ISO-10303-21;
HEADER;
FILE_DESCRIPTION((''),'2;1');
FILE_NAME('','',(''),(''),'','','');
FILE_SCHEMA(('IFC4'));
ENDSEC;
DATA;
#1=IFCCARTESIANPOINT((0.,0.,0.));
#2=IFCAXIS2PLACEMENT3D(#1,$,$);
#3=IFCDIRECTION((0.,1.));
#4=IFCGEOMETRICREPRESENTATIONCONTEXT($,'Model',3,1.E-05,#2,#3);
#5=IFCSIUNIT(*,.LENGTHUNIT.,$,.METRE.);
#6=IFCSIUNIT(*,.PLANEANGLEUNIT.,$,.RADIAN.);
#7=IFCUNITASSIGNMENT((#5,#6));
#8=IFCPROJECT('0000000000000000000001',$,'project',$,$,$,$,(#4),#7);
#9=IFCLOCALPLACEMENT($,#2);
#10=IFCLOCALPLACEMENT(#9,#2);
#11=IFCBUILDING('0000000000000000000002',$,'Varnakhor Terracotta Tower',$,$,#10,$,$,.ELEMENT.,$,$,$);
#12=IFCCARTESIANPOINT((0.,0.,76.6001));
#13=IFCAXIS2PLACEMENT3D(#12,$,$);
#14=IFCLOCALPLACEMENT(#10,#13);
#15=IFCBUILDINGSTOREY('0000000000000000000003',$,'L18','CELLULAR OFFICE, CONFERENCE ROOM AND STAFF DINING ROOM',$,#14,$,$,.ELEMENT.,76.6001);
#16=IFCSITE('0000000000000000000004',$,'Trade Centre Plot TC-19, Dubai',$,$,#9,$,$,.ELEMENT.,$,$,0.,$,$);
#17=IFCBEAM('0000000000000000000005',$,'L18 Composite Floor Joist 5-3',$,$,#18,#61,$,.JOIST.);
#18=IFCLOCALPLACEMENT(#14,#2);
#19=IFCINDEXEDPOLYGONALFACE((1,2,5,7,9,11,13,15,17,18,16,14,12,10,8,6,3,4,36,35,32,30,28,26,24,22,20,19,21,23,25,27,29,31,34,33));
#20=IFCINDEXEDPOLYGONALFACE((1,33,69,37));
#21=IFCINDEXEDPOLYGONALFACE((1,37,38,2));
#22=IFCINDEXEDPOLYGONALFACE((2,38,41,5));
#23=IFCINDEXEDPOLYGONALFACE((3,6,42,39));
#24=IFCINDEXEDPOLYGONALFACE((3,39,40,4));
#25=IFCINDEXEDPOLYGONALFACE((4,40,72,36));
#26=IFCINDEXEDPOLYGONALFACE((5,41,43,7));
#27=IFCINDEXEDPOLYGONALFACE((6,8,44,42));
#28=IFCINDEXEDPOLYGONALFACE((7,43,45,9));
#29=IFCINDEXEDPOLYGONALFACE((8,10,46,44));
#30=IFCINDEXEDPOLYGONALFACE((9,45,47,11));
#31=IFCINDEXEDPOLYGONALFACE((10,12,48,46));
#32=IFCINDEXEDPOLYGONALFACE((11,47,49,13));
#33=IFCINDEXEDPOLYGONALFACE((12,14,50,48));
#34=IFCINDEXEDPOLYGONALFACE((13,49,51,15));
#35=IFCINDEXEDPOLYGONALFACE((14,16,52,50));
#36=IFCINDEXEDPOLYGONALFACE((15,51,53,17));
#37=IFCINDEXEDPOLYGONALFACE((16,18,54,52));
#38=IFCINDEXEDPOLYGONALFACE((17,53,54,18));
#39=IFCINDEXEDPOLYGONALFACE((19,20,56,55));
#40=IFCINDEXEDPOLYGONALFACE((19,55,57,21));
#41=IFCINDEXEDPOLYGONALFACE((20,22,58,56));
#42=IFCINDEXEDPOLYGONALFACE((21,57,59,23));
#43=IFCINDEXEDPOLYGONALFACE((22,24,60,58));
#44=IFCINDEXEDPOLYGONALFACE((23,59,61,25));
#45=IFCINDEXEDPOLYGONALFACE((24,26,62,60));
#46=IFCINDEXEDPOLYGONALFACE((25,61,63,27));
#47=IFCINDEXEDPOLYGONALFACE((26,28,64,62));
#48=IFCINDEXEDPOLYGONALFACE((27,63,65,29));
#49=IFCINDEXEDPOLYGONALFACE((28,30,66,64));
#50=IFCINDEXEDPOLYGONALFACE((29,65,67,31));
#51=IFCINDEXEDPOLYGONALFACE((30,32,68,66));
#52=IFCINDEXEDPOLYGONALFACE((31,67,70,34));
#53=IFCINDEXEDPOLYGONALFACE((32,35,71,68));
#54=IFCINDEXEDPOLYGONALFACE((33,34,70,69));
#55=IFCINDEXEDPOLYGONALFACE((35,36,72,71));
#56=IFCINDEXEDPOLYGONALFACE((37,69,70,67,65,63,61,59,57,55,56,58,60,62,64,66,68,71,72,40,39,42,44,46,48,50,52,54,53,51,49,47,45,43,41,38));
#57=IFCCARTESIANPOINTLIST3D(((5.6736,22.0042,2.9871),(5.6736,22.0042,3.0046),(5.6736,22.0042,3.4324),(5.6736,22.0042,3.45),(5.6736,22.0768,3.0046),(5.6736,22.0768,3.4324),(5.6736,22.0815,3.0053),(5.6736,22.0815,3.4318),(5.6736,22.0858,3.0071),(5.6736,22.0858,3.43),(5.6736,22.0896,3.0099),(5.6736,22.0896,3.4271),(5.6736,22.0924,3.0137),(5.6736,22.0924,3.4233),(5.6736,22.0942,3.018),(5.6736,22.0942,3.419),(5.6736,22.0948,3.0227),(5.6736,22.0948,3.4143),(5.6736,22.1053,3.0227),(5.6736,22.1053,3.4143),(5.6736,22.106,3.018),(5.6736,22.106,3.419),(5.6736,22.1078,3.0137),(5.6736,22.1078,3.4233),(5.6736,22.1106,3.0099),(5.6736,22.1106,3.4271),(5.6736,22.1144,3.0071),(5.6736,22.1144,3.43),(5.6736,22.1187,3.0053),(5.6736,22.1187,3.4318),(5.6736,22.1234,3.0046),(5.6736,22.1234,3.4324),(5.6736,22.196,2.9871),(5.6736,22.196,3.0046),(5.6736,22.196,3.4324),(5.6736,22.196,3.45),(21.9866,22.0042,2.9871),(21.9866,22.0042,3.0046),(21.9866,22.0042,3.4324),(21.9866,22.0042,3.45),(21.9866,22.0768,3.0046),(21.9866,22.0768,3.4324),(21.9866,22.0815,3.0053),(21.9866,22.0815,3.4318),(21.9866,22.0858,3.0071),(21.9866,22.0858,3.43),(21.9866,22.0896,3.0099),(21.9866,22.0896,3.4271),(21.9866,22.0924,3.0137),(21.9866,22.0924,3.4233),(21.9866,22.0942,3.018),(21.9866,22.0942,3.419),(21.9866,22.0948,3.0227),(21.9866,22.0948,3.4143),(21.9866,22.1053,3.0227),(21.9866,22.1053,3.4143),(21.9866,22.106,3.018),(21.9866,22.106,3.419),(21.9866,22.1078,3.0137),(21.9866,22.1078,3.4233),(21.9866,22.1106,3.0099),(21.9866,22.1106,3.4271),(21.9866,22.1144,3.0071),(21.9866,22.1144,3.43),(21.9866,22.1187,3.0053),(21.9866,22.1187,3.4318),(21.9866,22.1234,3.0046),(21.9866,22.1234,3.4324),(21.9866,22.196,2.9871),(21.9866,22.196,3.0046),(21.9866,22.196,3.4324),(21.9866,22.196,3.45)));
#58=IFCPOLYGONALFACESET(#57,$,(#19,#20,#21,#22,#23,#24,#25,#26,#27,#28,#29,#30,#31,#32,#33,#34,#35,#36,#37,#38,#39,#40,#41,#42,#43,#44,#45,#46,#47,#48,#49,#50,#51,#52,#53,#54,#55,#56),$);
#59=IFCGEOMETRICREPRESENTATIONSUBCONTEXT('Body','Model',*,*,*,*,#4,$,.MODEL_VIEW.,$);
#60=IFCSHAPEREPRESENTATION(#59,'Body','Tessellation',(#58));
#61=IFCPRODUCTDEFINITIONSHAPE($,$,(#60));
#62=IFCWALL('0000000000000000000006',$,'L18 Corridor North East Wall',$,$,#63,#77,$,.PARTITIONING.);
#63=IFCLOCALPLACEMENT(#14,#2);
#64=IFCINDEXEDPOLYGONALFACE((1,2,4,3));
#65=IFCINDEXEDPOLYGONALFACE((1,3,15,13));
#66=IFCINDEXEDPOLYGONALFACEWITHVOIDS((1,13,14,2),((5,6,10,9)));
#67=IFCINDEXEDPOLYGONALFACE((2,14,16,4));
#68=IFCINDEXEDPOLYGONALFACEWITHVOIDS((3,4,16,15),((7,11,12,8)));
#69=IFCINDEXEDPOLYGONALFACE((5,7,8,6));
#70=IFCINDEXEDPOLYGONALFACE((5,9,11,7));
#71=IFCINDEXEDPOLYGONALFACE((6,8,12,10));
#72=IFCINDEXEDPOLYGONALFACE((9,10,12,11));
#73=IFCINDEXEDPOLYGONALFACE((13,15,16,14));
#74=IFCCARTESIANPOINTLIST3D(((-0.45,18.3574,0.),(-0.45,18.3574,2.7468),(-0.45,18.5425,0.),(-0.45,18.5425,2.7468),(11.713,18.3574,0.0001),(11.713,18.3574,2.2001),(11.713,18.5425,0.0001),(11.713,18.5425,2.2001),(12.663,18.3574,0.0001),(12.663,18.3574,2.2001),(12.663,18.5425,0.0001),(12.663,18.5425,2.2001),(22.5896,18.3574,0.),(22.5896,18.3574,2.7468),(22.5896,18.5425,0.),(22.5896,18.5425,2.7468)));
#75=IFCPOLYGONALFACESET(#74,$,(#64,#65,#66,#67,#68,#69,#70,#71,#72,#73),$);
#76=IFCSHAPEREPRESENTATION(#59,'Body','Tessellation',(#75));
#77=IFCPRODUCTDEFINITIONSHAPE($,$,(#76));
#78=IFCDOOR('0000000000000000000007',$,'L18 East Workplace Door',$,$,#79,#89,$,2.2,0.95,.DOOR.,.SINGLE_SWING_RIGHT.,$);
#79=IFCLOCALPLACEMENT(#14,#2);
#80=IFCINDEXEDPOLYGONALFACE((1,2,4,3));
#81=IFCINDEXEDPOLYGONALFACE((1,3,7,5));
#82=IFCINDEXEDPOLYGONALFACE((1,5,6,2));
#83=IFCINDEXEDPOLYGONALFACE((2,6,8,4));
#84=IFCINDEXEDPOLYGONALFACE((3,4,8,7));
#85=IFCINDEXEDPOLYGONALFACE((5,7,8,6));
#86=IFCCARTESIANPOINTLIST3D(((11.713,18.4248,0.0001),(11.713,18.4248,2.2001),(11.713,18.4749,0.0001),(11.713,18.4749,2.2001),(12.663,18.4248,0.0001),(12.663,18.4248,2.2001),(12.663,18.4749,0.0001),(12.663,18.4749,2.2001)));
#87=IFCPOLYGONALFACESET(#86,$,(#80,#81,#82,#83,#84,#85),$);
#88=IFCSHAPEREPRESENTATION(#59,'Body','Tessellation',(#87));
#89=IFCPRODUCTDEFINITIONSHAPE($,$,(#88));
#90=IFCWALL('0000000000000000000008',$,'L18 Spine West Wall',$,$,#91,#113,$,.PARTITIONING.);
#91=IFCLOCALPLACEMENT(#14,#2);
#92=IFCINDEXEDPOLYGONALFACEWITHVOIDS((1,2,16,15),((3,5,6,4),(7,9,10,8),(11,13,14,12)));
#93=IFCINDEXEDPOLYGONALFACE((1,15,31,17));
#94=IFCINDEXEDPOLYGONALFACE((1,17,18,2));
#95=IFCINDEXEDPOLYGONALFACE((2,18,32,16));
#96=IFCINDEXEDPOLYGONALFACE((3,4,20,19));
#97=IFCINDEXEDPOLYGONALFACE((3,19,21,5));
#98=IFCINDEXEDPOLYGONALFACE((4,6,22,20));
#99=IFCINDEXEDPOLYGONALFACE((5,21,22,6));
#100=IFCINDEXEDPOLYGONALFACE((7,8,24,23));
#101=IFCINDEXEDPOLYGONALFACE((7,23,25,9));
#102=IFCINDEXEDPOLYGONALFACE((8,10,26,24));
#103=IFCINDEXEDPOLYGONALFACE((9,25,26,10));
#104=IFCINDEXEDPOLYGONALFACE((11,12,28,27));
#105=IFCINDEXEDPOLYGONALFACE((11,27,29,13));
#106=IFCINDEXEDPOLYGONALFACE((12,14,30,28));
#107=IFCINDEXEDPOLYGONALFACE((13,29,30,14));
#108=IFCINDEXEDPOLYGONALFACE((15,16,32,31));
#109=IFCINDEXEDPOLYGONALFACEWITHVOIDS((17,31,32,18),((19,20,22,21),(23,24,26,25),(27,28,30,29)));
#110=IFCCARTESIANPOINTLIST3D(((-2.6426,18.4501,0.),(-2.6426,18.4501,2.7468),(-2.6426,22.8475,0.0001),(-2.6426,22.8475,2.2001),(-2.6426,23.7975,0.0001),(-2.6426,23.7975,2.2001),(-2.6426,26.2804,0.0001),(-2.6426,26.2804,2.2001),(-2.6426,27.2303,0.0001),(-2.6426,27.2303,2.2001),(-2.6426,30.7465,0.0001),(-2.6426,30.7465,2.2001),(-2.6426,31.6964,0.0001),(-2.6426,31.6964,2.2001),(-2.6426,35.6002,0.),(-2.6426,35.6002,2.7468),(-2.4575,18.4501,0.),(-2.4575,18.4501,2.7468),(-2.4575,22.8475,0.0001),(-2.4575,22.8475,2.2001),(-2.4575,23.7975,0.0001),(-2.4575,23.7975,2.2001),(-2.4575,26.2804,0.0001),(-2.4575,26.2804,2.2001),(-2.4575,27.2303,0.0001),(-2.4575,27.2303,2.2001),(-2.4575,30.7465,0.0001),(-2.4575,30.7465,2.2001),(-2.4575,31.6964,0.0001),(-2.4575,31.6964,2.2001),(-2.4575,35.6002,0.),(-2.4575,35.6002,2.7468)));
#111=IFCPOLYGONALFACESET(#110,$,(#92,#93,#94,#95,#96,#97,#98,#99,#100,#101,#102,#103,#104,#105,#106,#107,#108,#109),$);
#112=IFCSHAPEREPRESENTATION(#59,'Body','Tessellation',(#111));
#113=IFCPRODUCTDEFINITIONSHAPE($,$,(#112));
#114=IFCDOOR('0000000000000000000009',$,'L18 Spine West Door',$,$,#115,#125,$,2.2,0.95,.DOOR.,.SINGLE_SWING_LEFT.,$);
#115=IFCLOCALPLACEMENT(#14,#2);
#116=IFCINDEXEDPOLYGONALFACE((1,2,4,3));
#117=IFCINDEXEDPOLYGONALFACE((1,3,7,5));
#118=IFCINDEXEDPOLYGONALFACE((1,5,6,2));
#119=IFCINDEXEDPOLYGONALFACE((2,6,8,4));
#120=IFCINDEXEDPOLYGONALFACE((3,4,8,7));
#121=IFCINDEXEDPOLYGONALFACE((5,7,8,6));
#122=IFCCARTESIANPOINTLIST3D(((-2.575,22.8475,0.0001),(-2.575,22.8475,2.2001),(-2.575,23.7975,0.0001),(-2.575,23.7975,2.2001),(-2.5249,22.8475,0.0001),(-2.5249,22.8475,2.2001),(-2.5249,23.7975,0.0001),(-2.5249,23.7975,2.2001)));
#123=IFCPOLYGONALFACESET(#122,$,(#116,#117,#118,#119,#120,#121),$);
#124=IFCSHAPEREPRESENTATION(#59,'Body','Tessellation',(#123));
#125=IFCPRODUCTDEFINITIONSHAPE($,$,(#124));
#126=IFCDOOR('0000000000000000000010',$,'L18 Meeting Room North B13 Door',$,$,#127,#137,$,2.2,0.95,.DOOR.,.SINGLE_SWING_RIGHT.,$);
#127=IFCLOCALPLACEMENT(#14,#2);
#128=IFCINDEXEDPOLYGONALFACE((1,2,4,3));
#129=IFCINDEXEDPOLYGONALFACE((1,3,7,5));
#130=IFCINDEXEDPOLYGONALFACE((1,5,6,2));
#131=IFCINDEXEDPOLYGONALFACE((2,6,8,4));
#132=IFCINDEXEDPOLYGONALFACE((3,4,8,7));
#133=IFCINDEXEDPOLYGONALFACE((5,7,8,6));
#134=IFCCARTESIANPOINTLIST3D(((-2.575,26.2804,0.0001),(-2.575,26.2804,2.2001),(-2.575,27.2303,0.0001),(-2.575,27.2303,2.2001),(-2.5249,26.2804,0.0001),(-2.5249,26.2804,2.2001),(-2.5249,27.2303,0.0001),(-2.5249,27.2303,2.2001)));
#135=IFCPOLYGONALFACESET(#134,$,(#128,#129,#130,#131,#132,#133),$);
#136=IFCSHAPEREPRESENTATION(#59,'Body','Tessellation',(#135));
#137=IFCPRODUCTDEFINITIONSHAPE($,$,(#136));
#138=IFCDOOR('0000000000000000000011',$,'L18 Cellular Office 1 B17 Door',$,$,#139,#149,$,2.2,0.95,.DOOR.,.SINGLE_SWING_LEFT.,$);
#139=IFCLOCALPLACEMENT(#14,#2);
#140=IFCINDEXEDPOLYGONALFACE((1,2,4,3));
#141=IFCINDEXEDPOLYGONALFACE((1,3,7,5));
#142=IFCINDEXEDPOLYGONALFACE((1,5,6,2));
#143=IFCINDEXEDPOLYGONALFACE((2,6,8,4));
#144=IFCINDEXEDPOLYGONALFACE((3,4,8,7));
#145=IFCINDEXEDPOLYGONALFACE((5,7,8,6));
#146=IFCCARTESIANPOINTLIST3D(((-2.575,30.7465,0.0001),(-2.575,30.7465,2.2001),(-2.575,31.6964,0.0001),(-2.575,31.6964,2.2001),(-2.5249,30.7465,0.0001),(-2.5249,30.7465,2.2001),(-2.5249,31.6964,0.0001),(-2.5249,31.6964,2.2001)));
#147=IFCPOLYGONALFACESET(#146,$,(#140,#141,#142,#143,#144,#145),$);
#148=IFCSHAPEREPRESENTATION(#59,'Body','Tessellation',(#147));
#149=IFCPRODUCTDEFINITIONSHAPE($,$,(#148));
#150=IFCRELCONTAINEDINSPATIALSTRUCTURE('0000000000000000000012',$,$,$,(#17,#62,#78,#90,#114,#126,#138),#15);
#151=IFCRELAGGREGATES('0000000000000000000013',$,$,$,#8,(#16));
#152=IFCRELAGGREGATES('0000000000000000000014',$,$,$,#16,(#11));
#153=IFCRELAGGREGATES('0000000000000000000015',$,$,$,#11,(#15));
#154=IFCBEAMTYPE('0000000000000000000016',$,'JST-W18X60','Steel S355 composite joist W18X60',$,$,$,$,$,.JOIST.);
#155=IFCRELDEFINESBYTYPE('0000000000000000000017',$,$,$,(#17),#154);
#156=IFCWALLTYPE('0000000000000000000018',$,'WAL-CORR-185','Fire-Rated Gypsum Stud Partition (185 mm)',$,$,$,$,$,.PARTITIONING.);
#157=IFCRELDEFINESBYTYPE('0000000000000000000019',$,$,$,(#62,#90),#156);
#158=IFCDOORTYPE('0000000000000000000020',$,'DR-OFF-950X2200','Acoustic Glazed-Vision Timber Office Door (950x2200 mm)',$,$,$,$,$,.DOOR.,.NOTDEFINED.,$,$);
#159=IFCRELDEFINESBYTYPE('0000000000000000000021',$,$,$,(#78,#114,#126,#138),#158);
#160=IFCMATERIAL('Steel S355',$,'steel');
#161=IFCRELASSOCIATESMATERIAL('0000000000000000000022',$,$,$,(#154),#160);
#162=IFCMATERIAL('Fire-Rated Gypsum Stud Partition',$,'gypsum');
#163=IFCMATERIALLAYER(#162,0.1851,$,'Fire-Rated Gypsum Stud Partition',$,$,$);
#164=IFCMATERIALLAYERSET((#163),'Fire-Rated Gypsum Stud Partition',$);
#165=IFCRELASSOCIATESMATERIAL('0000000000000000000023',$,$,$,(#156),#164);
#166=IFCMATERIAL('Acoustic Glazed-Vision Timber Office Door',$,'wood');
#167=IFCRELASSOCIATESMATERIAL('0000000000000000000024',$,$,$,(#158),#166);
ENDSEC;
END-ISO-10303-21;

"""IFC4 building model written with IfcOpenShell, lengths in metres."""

from ifc_helpers import new_model, si_unit, direction, frame, frame_2d, origin, origin_2d, place, context, subcontext, project, spatial, rectangle, i_section, extrude, source, transform, mapped, material, layer, layer_set, material_profile, profile_set, type_object, type_shapes, element, fill, save


model = new_model("IFC4")

# Units and contexts
model_context = context("Model", 3, precision=1e-05, world=origin(), true_north=direction((0.0, 1.0)))
body_context = subcontext(model_context, "Body", "Model", "MODEL_VIEW")
ifc_project = project(units=[si_unit("LENGTHUNIT", "METRE"), si_unit("PLANEANGLEUNIT", "RADIAN")], contexts=[model_context])

# Site, building, storey
site_placement = place(None, origin())
site = spatial("IfcSite", under=ifc_project, at=site_placement, Name="Trade Centre Plot TC-19, Dubai", CompositionType="ELEMENT", RefElevation=0.0)
building_placement = place(site_placement, origin())
building = spatial("IfcBuilding", under=site, at=building_placement, Name="Varnakhor Terracotta Tower", CompositionType="ELEMENT")
storey_placement = place(building_placement, frame((0.0, 0.0, 76.6001)))
storey = spatial("IfcBuildingStorey", under=building, at=storey_placement, Name="L18", Description="CELLULAR OFFICE, CONFERENCE ROOM AND STAFF DINING ROOM", CompositionType="ELEMENT", Elevation=76.6001)

# Beam
ifc_material_1 = material(Name="Steel S355", Category="steel")
ifc_material_profile_1 = material_profile(ifc_material_1, i_section(OverallWidth=0.1919, OverallDepth=0.4629, WebThickness=0.0105, FlangeThickness=0.0176, FilletRadius=0.0181, at=origin_2d()), Name="W18X60")
ifc_profile_set_1 = profile_set([ifc_material_profile_1], Name="Steel S355")
beam_type_1 = type_object("IfcBeamType", Name="JST-W18X60", Description="Steel S355 composite joist W18X60", PredefinedType="JOIST", material=ifc_profile_set_1)
shared_shape_1 = source(origin(), body_context, "Body", "SweptSolid", [
    extrude(i_section(OverallWidth=0.1919, OverallDepth=0.4629, WebThickness=0.0105, FlangeThickness=0.0176, FilletRadius=0.0181, at=origin_2d()), origin(), (0.0, 0.0, 1.0), 16.313),
])
beam_1_placement = place(storey_placement, frame((5.6736, 22.1001, 3.2185), z_axis=(1.0, 0.0, 0.0), x_axis=(0.0, 1.0, 0.0)))
element("IfcBeam", 1, at=beam_1_placement, inside=storey, type_object=beam_type_1, Name="L18 Composite Floor Joist 5-3", PredefinedType="JOIST", context=body_context, shape_type="MappedRepresentation", body=[
    mapped(shared_shape_1, transform((0.0, 0.0, 0.0), scale=1.0)),
])

# Wall, opening, door
ifc_material_2 = material(Name="Fire-Rated Gypsum Stud Partition", Category="gypsum")
ifc_layer_1 = layer(ifc_material_2, 0.1851, Name="Fire-Rated Gypsum Stud Partition")
ifc_layer_set_1 = layer_set([ifc_layer_1], Name="Fire-Rated Gypsum Stud Partition")
wall_type_1 = type_object("IfcWallType", Name="WAL-CORR-185", Description="Fire-Rated Gypsum Stud Partition (185 mm)", PredefinedType="PARTITIONING", material=ifc_layer_set_1)
wall_1_placement = place(storey_placement, frame((-0.45, 18.45, 0.0), z_axis=(0.0, 0.0, 1.0), x_axis=(1.0, 0.0, 0.0)))
wall_1 = element("IfcWall", 2, at=wall_1_placement, inside=storey, type_object=wall_type_1, Name="L18 Corridor North East Wall", PredefinedType="PARTITIONING", context=body_context, shape_type="SweptSolid", body=[
    extrude(rectangle(XDim=23.0396, YDim=0.1851, at=frame_2d((11.5198, 0.0))), origin(), (0.0, 0.0, 1.0), 2.7468),
])
opening_1_placement = place(wall_1_placement, frame((12.1628, 0.0, 0.0)))
opening_1 = element("IfcOpeningElement", 3, at=opening_1_placement, cuts=wall_1, PredefinedType="OPENING", context=body_context, shape_type="SweptSolid", body=[
    extrude(rectangle(XDim=0.95, YDim=2.2, at=frame_2d((0.4751, 1.1001))), frame((0.0, 0.1025, 0.0), z_axis=(0.0, -1.0, 0.0), x_axis=(1.0, 0.0, 0.0)), (0.0, 0.0, 1.0), 0.2051),
])
ifc_material_3 = material(Name="Acoustic Glazed-Vision Timber Office Door", Category="wood")
door_type_1 = type_object("IfcDoorType", Name="DR-OFF-950X2200", Description="Acoustic Glazed-Vision Timber Office Door (950x2200 mm)", OperationType="NOTDEFINED", PredefinedType="DOOR", material=ifc_material_3)
shared_shape_2 = source(origin(), body_context, "Body", "SweptSolid", [
    extrude(rectangle(XDim=0.95, YDim=2.2, at=frame_2d((0.4751, 1.1001))), frame((0.0, 0.0249, 0.0), z_axis=(0.0, -1.0, 0.0), x_axis=(1.0, 0.0, 0.0)), (0.0, 0.0, 1.0), 0.05),
])
type_shapes(door_type_1, [shared_shape_2])
door_1_placement = place(opening_1_placement, origin())
door_1 = element("IfcDoor", 4, at=door_1_placement, inside=storey, type_object=door_type_1, Name="L18 East Workplace Door", OperationType="SINGLE_SWING_RIGHT", OverallHeight=2.2, OverallWidth=0.95, PredefinedType="DOOR", context=body_context, shape_type="MappedRepresentation", body=[
    mapped(shared_shape_2, transform((0.0, 0.0, 0.0), scale=1.0)),
])
fill(opening_1, door_1)

# Wall, openings, doors
wall_2_placement = place(storey_placement, frame((-2.55, 18.45, 0.0), z_axis=(0.0, 0.0, 1.0), x_axis=(0.0, 1.0, 0.0)))
wall_2 = element("IfcWall", 5, at=wall_2_placement, inside=storey, type_object=wall_type_1, Name="L18 Spine West Wall", PredefinedType="PARTITIONING", context=body_context, shape_type="SweptSolid", body=[
    extrude(rectangle(XDim=17.1501, YDim=0.1851, at=frame_2d((8.5752, 0.0))), origin(), (0.0, 0.0, 1.0), 2.7468),
])
opening_2_placement = place(wall_2_placement, frame((4.3975, 0.0, 0.0)))
opening_2 = element("IfcOpeningElement", 6, at=opening_2_placement, cuts=wall_2, PredefinedType="OPENING", context=body_context, shape_type="SweptSolid", body=[
    extrude(rectangle(XDim=0.95, YDim=2.2, at=frame_2d((0.4751, 1.1001))), frame((0.0, 0.1025, 0.0), z_axis=(0.0, -1.0, 0.0), x_axis=(1.0, 0.0, 0.0)), (0.0, 0.0, 1.0), 0.2051),
])
opening_3_placement = place(wall_2_placement, frame((7.8303, 0.0, 0.0)))
opening_3 = element("IfcOpeningElement", 7, at=opening_3_placement, cuts=wall_2, PredefinedType="OPENING", context=body_context, shape_type="SweptSolid", body=[
    extrude(rectangle(XDim=0.95, YDim=2.2, at=frame_2d((0.4751, 1.1001))), frame((0.0, 0.1025, 0.0), z_axis=(0.0, -1.0, 0.0), x_axis=(1.0, 0.0, 0.0)), (0.0, 0.0, 1.0), 0.2051),
])
opening_4_placement = place(wall_2_placement, frame((12.2964, 0.0, 0.0)))
opening_4 = element("IfcOpeningElement", 8, at=opening_4_placement, cuts=wall_2, PredefinedType="OPENING", context=body_context, shape_type="SweptSolid", body=[
    extrude(rectangle(XDim=0.95, YDim=2.2, at=frame_2d((0.4751, 1.1001))), frame((0.0, 0.1025, 0.0), z_axis=(0.0, -1.0, 0.0), x_axis=(1.0, 0.0, 0.0)), (0.0, 0.0, 1.0), 0.2051),
])
door_2_placement = place(opening_2_placement, origin())
door_2 = element("IfcDoor", 9, at=door_2_placement, inside=storey, type_object=door_type_1, Name="L18 Spine West Door", OperationType="SINGLE_SWING_LEFT", OverallHeight=2.2, OverallWidth=0.95, PredefinedType="DOOR", context=body_context, shape_type="MappedRepresentation", body=[
    mapped(shared_shape_2, transform((0.0, 0.0, 0.0), scale=1.0)),
])
fill(opening_2, door_2)
door_3_placement = place(opening_3_placement, origin())
door_3 = element("IfcDoor", 10, at=door_3_placement, inside=storey, type_object=door_type_1, Name="L18 Meeting Room North B13 Door", OperationType="SINGLE_SWING_RIGHT", OverallHeight=2.2, OverallWidth=0.95, PredefinedType="DOOR", context=body_context, shape_type="MappedRepresentation", body=[
    mapped(shared_shape_2, transform((0.0, 0.0, 0.0), scale=1.0)),
])
fill(opening_3, door_3)
door_4_placement = place(opening_4_placement, origin())
door_4 = element("IfcDoor", 11, at=door_4_placement, inside=storey, type_object=door_type_1, Name="L18 Cellular Office 1 B17 Door", OperationType="SINGLE_SWING_LEFT", OverallHeight=2.2, OverallWidth=0.95, PredefinedType="DOOR", context=body_context, shape_type="MappedRepresentation", body=[
    mapped(shared_shape_2, transform((0.0, 0.0, 0.0), scale=1.0)),
])
fill(opening_4, door_4)

save(model, "model.ifc")
